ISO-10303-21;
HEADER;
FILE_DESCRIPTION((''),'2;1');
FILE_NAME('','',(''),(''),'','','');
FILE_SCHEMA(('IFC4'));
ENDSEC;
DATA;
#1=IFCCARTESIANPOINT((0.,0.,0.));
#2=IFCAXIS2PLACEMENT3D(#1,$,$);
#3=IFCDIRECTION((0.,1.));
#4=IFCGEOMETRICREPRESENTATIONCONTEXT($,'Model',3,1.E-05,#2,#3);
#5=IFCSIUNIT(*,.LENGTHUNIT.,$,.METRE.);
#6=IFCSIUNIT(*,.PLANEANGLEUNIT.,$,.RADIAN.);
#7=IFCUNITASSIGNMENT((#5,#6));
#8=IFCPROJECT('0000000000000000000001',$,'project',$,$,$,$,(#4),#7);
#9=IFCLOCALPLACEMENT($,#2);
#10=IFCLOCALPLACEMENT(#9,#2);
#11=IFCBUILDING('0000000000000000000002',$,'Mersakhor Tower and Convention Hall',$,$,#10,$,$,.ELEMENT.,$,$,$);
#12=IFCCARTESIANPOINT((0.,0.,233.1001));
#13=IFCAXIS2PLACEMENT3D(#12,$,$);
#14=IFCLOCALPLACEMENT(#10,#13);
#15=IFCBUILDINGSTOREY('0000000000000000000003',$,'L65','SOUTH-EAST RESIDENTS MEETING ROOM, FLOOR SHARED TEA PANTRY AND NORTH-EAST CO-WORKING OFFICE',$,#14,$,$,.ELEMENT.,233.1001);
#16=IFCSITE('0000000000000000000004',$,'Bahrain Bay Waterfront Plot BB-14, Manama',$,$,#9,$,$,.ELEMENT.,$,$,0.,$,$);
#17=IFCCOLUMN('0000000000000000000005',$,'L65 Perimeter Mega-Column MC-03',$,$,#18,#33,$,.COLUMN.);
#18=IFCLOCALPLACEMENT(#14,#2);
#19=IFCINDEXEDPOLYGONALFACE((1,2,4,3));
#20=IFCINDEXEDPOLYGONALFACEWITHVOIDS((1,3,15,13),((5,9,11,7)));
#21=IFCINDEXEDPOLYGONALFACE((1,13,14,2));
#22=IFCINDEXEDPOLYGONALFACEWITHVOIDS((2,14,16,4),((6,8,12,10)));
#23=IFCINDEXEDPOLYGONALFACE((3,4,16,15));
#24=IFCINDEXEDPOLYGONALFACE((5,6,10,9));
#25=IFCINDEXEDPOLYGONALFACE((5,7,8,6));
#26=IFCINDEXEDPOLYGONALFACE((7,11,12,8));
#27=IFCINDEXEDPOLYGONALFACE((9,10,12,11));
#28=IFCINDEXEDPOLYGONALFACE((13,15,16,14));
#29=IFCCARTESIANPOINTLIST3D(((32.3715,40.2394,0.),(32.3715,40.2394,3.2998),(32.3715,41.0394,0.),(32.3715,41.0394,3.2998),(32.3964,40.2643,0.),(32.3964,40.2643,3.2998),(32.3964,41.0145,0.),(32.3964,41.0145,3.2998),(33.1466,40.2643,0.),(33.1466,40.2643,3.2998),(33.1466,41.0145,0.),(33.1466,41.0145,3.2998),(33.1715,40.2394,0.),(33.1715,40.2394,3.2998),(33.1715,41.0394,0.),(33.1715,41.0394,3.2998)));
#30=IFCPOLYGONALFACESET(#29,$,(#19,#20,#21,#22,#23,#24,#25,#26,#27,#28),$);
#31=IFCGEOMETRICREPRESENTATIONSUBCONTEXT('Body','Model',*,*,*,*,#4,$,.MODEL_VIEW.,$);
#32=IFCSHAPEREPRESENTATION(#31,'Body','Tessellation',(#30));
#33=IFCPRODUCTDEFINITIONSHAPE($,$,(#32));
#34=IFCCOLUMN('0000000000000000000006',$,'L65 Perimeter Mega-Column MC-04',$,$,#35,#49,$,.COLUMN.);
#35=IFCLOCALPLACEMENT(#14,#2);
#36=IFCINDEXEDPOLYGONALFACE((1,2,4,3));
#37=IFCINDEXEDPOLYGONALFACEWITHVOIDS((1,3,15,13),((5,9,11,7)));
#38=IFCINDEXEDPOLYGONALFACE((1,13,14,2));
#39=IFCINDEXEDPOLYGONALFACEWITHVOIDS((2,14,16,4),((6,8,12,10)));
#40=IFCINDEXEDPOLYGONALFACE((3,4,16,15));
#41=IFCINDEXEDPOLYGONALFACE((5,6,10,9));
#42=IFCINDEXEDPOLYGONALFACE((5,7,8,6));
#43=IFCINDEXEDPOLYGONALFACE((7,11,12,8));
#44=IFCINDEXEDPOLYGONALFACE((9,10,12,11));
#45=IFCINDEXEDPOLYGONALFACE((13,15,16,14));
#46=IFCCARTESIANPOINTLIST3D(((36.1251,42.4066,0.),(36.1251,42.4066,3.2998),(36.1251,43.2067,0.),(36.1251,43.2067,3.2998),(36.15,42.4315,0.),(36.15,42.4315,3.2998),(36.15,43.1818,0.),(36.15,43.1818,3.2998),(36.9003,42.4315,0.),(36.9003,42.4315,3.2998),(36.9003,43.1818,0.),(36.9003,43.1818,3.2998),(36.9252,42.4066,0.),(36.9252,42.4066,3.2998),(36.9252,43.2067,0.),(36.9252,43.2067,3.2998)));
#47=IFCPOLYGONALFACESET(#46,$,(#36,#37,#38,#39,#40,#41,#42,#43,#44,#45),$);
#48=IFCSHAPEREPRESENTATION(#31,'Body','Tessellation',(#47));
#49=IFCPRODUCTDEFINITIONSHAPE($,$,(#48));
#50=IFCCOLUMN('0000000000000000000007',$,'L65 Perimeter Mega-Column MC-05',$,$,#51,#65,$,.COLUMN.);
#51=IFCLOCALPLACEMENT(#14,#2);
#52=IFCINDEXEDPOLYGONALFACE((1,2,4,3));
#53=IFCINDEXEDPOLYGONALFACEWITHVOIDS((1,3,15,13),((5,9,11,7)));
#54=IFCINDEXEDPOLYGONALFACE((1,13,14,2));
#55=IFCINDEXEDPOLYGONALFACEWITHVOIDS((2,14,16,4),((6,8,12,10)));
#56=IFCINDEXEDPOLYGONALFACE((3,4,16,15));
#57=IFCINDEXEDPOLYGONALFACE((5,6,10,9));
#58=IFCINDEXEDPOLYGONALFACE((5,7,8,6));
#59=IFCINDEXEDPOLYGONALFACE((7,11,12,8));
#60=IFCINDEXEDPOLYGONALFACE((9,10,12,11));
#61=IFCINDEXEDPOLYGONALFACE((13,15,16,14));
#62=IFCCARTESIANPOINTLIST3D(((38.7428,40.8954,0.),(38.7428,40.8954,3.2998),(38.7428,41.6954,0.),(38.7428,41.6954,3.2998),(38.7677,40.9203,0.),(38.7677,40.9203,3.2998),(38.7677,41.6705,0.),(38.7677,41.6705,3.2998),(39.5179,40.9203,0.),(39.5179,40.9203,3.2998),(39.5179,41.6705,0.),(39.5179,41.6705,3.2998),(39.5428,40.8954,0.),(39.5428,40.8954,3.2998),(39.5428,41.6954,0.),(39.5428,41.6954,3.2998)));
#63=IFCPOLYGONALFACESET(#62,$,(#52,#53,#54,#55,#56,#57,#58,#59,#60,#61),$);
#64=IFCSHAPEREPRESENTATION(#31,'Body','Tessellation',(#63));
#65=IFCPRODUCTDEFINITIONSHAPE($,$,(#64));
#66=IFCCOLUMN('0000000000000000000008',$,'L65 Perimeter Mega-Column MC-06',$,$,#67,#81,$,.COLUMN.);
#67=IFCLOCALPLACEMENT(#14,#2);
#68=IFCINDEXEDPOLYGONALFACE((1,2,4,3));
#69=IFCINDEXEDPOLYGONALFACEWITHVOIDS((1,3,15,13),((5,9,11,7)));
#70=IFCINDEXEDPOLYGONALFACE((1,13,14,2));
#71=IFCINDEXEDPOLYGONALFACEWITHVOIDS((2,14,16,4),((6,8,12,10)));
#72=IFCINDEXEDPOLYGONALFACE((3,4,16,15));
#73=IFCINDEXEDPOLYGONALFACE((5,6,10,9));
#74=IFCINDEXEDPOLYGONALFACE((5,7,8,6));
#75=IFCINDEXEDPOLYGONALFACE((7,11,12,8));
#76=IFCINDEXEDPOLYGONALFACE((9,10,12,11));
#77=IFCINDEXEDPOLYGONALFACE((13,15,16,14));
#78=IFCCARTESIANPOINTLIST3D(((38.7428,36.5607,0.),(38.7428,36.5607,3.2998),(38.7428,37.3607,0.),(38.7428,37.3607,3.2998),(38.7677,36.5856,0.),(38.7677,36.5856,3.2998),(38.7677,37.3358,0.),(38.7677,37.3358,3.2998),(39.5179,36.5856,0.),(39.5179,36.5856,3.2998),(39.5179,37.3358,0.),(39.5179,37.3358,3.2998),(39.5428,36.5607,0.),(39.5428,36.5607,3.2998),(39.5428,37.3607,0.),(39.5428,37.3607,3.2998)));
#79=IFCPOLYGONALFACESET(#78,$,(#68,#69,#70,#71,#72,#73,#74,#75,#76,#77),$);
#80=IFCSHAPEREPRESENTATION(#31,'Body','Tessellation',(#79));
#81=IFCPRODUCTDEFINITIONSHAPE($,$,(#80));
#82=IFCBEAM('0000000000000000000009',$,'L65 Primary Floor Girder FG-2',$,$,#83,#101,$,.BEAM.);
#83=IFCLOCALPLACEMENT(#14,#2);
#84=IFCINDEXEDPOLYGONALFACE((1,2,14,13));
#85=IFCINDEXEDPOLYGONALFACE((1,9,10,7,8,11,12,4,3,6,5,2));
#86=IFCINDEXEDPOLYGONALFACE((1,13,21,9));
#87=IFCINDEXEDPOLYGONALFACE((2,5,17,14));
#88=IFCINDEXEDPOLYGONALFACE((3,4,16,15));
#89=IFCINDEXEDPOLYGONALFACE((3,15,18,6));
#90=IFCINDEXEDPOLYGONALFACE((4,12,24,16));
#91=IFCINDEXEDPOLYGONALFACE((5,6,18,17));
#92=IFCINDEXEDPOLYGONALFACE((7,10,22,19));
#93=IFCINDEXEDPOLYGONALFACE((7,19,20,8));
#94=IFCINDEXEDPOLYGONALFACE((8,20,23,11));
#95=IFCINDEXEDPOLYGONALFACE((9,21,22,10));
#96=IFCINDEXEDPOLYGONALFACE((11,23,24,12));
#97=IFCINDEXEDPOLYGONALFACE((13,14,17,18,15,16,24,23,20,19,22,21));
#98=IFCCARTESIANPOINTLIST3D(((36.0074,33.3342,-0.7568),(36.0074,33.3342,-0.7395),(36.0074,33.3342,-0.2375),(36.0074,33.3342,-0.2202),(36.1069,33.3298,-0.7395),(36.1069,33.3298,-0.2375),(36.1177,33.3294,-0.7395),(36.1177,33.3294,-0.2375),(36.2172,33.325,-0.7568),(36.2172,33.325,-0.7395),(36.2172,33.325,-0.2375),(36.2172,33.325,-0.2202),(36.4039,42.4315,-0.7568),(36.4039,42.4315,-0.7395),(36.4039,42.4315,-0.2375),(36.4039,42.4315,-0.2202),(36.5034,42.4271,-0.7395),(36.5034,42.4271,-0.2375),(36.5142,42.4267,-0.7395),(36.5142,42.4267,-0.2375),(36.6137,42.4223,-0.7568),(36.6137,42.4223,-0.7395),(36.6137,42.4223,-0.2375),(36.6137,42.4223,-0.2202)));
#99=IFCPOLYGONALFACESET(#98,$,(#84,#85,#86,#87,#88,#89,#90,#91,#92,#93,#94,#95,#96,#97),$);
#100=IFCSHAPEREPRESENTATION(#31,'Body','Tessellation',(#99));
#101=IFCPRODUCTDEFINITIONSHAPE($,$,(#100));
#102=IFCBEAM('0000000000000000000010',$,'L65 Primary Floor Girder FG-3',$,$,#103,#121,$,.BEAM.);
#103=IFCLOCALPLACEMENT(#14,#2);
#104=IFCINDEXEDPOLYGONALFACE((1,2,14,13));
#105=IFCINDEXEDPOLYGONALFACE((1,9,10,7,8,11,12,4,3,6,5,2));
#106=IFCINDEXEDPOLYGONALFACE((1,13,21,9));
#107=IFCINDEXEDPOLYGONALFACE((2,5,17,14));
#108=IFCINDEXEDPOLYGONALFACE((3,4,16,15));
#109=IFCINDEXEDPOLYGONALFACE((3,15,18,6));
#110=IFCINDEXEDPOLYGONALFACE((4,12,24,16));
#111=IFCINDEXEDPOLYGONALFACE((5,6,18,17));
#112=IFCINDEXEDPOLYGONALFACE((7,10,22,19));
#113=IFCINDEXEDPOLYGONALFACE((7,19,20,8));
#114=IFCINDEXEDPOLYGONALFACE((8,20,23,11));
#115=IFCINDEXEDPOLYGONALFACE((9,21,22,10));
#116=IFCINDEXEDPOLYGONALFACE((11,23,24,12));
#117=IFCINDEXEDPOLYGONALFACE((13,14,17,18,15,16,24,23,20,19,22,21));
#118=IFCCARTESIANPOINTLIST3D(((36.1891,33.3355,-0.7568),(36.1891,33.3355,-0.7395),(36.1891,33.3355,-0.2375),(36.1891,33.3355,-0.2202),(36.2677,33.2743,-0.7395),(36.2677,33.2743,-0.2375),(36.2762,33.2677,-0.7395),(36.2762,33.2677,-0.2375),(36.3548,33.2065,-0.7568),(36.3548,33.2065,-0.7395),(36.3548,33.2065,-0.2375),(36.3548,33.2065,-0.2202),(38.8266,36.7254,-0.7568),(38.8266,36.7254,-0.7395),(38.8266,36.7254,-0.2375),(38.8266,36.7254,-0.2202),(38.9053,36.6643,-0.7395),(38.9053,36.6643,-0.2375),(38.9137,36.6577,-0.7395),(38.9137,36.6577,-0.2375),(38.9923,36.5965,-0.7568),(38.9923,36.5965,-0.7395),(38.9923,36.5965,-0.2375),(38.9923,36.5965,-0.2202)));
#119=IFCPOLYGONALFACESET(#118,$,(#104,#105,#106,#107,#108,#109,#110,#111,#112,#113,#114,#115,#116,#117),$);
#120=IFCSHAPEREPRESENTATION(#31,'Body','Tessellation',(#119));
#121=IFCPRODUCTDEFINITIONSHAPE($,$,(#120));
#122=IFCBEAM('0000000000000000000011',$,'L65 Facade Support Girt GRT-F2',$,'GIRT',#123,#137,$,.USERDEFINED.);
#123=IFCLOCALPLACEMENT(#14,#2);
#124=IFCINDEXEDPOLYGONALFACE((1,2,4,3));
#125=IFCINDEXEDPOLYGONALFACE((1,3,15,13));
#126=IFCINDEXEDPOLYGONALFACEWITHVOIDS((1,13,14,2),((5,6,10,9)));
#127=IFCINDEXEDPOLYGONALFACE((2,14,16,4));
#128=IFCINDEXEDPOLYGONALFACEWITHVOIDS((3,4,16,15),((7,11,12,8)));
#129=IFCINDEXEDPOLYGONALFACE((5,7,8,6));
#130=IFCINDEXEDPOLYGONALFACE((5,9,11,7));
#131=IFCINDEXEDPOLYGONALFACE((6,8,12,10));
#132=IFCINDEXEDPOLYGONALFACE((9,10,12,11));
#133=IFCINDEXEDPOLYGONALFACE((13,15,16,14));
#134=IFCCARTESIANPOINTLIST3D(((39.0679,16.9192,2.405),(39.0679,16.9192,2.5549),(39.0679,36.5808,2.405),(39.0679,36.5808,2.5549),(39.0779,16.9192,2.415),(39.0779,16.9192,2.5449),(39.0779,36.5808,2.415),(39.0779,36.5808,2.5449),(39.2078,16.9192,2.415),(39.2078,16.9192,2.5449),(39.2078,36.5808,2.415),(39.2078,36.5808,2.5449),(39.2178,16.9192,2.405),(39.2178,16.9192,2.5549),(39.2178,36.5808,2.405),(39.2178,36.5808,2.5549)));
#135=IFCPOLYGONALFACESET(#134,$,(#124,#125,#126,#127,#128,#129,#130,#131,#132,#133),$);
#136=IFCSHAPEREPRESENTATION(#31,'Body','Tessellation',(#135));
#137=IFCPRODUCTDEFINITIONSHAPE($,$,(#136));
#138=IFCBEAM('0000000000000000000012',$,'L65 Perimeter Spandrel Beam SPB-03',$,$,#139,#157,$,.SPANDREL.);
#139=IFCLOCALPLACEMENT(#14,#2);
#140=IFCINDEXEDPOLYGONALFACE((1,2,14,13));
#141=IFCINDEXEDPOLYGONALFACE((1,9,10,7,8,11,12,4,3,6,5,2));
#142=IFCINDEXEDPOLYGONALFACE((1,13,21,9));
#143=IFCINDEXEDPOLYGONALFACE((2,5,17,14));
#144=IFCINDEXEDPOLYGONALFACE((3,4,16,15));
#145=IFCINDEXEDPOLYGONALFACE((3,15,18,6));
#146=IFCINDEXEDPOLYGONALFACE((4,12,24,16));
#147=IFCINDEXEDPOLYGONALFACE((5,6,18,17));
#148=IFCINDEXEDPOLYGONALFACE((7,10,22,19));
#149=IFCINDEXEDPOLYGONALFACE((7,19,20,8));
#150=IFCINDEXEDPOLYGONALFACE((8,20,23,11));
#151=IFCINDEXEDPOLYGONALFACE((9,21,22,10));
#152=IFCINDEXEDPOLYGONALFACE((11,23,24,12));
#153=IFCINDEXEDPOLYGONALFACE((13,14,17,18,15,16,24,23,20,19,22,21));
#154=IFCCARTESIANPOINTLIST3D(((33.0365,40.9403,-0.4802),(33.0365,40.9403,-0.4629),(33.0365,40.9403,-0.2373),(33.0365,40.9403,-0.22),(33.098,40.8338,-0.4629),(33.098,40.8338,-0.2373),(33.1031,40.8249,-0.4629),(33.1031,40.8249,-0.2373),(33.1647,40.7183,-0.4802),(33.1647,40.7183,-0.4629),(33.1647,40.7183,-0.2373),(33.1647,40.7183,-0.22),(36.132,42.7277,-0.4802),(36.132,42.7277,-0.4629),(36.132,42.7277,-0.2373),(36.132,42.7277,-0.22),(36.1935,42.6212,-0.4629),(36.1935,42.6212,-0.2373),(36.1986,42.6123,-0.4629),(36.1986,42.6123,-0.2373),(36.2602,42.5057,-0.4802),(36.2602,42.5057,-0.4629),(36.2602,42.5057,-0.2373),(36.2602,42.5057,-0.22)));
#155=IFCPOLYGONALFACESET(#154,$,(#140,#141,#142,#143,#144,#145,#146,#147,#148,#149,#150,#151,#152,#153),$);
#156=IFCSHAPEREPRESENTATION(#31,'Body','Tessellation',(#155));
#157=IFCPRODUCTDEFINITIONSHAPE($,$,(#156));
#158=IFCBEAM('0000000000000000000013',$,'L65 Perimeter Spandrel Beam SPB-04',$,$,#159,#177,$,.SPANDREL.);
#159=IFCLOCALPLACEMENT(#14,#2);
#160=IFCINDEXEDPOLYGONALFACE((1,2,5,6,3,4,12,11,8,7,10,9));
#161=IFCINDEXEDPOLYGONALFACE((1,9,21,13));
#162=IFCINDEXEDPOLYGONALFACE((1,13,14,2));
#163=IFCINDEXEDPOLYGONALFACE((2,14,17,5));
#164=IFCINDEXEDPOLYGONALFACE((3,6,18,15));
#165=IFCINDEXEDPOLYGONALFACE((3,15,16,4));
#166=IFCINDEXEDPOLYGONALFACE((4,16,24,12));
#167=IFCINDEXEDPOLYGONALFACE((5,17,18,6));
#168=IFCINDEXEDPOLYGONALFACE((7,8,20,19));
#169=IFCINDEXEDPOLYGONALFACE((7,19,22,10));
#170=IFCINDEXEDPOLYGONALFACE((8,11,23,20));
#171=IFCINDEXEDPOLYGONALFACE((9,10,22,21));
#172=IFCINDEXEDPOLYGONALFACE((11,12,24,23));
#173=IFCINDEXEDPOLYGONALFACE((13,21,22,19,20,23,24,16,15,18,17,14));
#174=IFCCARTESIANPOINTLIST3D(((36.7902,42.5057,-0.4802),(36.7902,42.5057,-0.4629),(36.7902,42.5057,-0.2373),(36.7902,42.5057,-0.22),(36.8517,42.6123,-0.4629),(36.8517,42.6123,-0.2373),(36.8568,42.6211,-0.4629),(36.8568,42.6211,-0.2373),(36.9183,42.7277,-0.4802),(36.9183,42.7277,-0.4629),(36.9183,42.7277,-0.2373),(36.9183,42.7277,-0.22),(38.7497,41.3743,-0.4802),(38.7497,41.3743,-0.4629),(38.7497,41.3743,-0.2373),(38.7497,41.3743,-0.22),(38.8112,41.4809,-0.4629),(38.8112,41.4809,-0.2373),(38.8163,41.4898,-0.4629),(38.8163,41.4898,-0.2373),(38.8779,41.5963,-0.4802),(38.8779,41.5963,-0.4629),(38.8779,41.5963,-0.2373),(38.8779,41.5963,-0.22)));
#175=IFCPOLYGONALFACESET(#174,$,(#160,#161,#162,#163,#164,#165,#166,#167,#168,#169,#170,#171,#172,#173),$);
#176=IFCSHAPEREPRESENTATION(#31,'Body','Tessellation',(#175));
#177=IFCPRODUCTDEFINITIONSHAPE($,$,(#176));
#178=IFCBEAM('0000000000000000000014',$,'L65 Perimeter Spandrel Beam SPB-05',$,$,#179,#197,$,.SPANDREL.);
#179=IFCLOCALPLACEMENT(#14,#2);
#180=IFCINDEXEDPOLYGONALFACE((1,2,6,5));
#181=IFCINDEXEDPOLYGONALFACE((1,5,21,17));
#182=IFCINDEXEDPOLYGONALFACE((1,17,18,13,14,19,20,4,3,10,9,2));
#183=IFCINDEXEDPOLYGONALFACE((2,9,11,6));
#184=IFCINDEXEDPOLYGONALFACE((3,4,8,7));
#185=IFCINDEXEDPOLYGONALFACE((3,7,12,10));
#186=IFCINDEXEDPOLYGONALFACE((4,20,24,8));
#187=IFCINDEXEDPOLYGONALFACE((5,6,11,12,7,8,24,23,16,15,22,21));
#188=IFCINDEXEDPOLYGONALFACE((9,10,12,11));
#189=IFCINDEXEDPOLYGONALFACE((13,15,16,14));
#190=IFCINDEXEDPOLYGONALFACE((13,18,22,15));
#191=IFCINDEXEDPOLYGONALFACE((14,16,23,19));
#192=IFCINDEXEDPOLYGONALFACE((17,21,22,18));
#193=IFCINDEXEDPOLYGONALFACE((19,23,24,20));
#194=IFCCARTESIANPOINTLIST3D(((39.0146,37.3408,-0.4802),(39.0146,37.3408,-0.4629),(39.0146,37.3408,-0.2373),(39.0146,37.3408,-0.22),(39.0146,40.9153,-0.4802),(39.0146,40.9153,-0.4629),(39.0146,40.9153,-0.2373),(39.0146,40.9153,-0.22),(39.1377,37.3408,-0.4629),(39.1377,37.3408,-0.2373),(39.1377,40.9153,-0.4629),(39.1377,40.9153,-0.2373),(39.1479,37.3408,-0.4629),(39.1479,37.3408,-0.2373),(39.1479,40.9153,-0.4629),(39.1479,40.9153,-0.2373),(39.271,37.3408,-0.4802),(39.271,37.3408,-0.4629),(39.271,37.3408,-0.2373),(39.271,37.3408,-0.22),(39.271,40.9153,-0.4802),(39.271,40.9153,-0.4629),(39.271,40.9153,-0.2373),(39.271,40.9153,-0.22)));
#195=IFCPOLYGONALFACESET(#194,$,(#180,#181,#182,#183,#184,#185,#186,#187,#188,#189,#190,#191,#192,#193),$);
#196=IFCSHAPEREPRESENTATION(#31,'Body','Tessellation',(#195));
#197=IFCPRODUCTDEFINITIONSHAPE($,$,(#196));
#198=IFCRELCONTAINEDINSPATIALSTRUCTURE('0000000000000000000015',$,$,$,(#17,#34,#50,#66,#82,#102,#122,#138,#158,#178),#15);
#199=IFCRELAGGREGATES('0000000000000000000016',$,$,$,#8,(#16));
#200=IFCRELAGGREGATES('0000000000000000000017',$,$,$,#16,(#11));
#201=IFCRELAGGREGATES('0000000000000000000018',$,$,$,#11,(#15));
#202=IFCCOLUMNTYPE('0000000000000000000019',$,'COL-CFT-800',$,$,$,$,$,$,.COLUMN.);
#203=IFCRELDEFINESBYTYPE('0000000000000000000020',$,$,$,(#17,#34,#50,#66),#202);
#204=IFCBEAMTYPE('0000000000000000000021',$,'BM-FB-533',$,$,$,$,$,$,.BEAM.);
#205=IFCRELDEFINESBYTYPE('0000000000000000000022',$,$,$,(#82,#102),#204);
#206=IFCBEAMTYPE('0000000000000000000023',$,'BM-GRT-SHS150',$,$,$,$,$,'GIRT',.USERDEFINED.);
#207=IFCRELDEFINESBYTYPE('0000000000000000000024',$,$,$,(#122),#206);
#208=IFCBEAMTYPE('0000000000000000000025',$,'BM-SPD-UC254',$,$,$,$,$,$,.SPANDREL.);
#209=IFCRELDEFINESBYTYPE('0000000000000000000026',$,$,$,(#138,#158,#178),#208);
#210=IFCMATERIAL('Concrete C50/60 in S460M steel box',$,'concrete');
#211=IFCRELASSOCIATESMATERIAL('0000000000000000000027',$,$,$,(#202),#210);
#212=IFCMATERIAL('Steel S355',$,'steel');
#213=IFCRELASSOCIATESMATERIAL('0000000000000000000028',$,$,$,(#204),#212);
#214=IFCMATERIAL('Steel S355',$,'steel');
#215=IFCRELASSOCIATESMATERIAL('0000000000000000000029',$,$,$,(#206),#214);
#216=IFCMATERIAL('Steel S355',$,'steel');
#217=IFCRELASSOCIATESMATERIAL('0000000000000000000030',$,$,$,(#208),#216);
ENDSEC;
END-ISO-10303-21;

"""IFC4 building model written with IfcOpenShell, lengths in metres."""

from ifc_helpers import new_model, si_unit, direction, frame, origin, origin_2d, place, context, subcontext, project, spatial, hollow_rectangle, i_section, extrude, material, material_profile, profile_set, type_object, element, save


model = new_model("IFC4")

# Units and contexts
model_context = context("Model", 3, precision=1e-05, world=origin(), true_north=direction((0.0, 1.0)))
body_context = subcontext(model_context, "Body", "Model", "MODEL_VIEW")
ifc_project = project(units=[si_unit("LENGTHUNIT", "METRE"), si_unit("PLANEANGLEUNIT", "RADIAN")], contexts=[model_context])

# Site, building, storey
site_placement = place(None, origin())
site = spatial("IfcSite", under=ifc_project, at=site_placement, Name="Bahrain Bay Waterfront Plot BB-14, Manama", CompositionType="ELEMENT", RefElevation=0.0)
building_placement = place(site_placement, origin())
building = spatial("IfcBuilding", under=site, at=building_placement, Name="Mersakhor Tower and Convention Hall", CompositionType="ELEMENT")
storey_placement = place(building_placement, frame((0.0, 0.0, 233.1001)))
storey = spatial("IfcBuildingStorey", under=building, at=storey_placement, Name="L65", Description="SOUTH-EAST RESIDENTS MEETING ROOM, FLOOR SHARED TEA PANTRY AND NORTH-EAST CO-WORKING OFFICE", CompositionType="ELEMENT", Elevation=233.1001)

# Columns
ifc_material_1 = material(Name="Concrete C50/60 in S460M steel box", Category="concrete")
ifc_material_profile_1 = material_profile(ifc_material_1, hollow_rectangle(XDim=0.8, YDim=0.8, WallThickness=0.0249, at=origin_2d()), Name="SHS 800x800x25")
ifc_profile_set_1 = profile_set([ifc_material_profile_1], Name="Concrete C50/60 in S460M steel box")
column_type = type_object("IfcColumnType", Name="COL-CFT-800", PredefinedType="COLUMN", material=ifc_profile_set_1)
for number, where, z_axis, x_axis, name in (
    (1, (32.7715, 40.6394, 0.0), (0.0, 0.0, 1.0), (1.0, 0.0, 0.0), "L65 Perimeter Mega-Column MC-03"),
    (2, (36.5251, 42.8066, 0.0), (0.0, 0.0, 1.0), (1.0, 0.0, 0.0), "L65 Perimeter Mega-Column MC-04"),
    (3, (39.1428, 41.2954, 0.0), (0.0, 0.0, 1.0), (1.0, 0.0, 0.0), "L65 Perimeter Mega-Column MC-05"),
    (4, (39.1428, 36.9607, 0.0), (0.0, 0.0, 1.0), (1.0, 0.0, 0.0), "L65 Perimeter Mega-Column MC-06"),
):
    element("IfcColumn", number, at=place(storey_placement, frame(where, z_axis=z_axis, x_axis=x_axis)), inside=storey, type_object=column_type, Name=name, PredefinedType="COLUMN", context=body_context, shape_type="SweptSolid", body=[
        extrude(hollow_rectangle(XDim=0.8, YDim=0.8, WallThickness=0.0249, at=origin_2d()), origin(), (0.0, 0.0, 1.0), 3.2998),
    ])

# Beams
ifc_material_2 = material(Name="Steel S355", Category="steel")
ifc_material_profile_2 = material_profile(ifc_material_2, i_section(OverallWidth=0.21, OverallDepth=0.5366, WebThickness=0.0107, FlangeThickness=0.0173, at=origin_2d()), Name="UB 533x210x101")
ifc_profile_set_2 = profile_set([ifc_material_profile_2], Name="Steel S355")
beam_type_1 = type_object("IfcBeamType", Name="BM-FB-533", PredefinedType="BEAM", material=ifc_profile_set_2)
beam_1_placement = place(storey_placement, frame((36.1123, 33.3296, -0.4885), z_axis=(0.043541, 0.999052, 0.0), x_axis=(-0.999052, 0.043541, 0.0)))
element("IfcBeam", 5, at=beam_1_placement, inside=storey, type_object=beam_type_1, Name="L65 Primary Floor Girder FG-2", PredefinedType="BEAM", context=body_context, shape_type="SweptSolid", body=[
    extrude(i_section(OverallWidth=0.21, OverallDepth=0.5366, WebThickness=0.0107, FlangeThickness=0.0173, at=origin_2d()), origin(), (0.0, 0.0, 1.0), 9.106),
])
beam_2_placement = place(storey_placement, frame((36.272, 33.271, -0.4885), z_axis=(0.614067, 0.789254, 0.0), x_axis=(-0.789254, 0.614067, 0.0)))
element("IfcBeam", 6, at=beam_2_placement, inside=storey, type_object=beam_type_1, Name="L65 Primary Floor Girder FG-3", PredefinedType="BEAM", context=body_context, shape_type="SweptSolid", body=[
    extrude(i_section(OverallWidth=0.21, OverallDepth=0.5366, WebThickness=0.0107, FlangeThickness=0.0173, at=origin_2d()), origin(), (0.0, 0.0, 1.0), 4.2952),
])
ifc_material_3 = material(Name="Steel S355", Category="steel")
ifc_material_profile_3 = material_profile(ifc_material_3, hollow_rectangle(XDim=0.1499, YDim=0.1499, WallThickness=0.01, at=origin_2d()), Name="SHS 150x150x10")
ifc_profile_set_3 = profile_set([ifc_material_profile_3], Name="Steel S355")
beam_type_2 = type_object("IfcBeamType", Name="BM-GRT-SHS150", ElementType="GIRT", PredefinedType="USERDEFINED", material=ifc_profile_set_3)
beam_3_placement = place(storey_placement, frame((39.1428, 36.5808, 2.48), z_axis=(0.0, -1.0, 0.0), x_axis=(1.0, 0.0, 0.0)))
element("IfcBeam", 7, at=beam_3_placement, inside=storey, type_object=beam_type_2, Name="L65 Facade Support Girt GRT-F2", ObjectType="GIRT", PredefinedType="USERDEFINED", context=body_context, shape_type="SweptSolid", body=[
    extrude(hollow_rectangle(XDim=0.1499, YDim=0.1499, WallThickness=0.01, at=origin_2d()), origin(), (0.0, 0.0, 1.0), 19.6616),
])
ifc_material_4 = material(Name="Steel S355", Category="steel")
ifc_material_profile_4 = material_profile(ifc_material_4, i_section(OverallWidth=0.2563, OverallDepth=0.2603, WebThickness=0.0103, FlangeThickness=0.0173, at=origin_2d()), Name="UC 254x254x89")
ifc_profile_set_4 = profile_set([ifc_material_profile_4], Name="Steel S355")
beam_type_3 = type_object("IfcBeamType", Name="BM-SPD-UC254", PredefinedType="SPANDREL", material=ifc_profile_set_4)
beam_4_placement = place(storey_placement, frame((33.1006, 40.8293, -0.3501), z_axis=(0.866002, 0.50004, 0.0), x_axis=(-0.50004, 0.866002, 0.0)))
element("IfcBeam", 8, at=beam_4_placement, inside=storey, type_object=beam_type_3, Name="L65 Perimeter Spandrel Beam SPB-03", PredefinedType="SPANDREL", context=body_context, shape_type="SweptSolid", body=[
    extrude(i_section(OverallWidth=0.2563, OverallDepth=0.2603, WebThickness=0.0103, FlangeThickness=0.0173, at=origin_2d()), origin(), (0.0, 0.0, 1.0), 3.5745),
])
beam_5_placement = place(storey_placement, frame((36.8542, 42.6167, -0.3501), z_axis=(0.866017, -0.500015, 0.0), x_axis=(0.500015, 0.866017, 0.0)))
element("IfcBeam", 9, at=beam_5_placement, inside=storey, type_object=beam_type_3, Name="L65 Perimeter Spandrel Beam SPB-04", PredefinedType="SPANDREL", context=body_context, shape_type="SweptSolid", body=[
    extrude(i_section(OverallWidth=0.2563, OverallDepth=0.2603, WebThickness=0.0103, FlangeThickness=0.0173, at=origin_2d()), origin(), (0.0, 0.0, 1.0), 2.2627),
])
beam_6_placement = place(storey_placement, frame((39.1428, 40.9153, -0.3501), z_axis=(0.0, -1.0, 0.0), x_axis=(1.0, 0.0, 0.0)))
element("IfcBeam", 10, at=beam_6_placement, inside=storey, type_object=beam_type_3, Name="L65 Perimeter Spandrel Beam SPB-05", PredefinedType="SPANDREL", context=body_context, shape_type="SweptSolid", body=[
    extrude(i_section(OverallWidth=0.2563, OverallDepth=0.2603, WebThickness=0.0103, FlangeThickness=0.0173, at=origin_2d()), origin(), (0.0, 0.0, 1.0), 3.5745),
])

save(model, "model.ifc")
